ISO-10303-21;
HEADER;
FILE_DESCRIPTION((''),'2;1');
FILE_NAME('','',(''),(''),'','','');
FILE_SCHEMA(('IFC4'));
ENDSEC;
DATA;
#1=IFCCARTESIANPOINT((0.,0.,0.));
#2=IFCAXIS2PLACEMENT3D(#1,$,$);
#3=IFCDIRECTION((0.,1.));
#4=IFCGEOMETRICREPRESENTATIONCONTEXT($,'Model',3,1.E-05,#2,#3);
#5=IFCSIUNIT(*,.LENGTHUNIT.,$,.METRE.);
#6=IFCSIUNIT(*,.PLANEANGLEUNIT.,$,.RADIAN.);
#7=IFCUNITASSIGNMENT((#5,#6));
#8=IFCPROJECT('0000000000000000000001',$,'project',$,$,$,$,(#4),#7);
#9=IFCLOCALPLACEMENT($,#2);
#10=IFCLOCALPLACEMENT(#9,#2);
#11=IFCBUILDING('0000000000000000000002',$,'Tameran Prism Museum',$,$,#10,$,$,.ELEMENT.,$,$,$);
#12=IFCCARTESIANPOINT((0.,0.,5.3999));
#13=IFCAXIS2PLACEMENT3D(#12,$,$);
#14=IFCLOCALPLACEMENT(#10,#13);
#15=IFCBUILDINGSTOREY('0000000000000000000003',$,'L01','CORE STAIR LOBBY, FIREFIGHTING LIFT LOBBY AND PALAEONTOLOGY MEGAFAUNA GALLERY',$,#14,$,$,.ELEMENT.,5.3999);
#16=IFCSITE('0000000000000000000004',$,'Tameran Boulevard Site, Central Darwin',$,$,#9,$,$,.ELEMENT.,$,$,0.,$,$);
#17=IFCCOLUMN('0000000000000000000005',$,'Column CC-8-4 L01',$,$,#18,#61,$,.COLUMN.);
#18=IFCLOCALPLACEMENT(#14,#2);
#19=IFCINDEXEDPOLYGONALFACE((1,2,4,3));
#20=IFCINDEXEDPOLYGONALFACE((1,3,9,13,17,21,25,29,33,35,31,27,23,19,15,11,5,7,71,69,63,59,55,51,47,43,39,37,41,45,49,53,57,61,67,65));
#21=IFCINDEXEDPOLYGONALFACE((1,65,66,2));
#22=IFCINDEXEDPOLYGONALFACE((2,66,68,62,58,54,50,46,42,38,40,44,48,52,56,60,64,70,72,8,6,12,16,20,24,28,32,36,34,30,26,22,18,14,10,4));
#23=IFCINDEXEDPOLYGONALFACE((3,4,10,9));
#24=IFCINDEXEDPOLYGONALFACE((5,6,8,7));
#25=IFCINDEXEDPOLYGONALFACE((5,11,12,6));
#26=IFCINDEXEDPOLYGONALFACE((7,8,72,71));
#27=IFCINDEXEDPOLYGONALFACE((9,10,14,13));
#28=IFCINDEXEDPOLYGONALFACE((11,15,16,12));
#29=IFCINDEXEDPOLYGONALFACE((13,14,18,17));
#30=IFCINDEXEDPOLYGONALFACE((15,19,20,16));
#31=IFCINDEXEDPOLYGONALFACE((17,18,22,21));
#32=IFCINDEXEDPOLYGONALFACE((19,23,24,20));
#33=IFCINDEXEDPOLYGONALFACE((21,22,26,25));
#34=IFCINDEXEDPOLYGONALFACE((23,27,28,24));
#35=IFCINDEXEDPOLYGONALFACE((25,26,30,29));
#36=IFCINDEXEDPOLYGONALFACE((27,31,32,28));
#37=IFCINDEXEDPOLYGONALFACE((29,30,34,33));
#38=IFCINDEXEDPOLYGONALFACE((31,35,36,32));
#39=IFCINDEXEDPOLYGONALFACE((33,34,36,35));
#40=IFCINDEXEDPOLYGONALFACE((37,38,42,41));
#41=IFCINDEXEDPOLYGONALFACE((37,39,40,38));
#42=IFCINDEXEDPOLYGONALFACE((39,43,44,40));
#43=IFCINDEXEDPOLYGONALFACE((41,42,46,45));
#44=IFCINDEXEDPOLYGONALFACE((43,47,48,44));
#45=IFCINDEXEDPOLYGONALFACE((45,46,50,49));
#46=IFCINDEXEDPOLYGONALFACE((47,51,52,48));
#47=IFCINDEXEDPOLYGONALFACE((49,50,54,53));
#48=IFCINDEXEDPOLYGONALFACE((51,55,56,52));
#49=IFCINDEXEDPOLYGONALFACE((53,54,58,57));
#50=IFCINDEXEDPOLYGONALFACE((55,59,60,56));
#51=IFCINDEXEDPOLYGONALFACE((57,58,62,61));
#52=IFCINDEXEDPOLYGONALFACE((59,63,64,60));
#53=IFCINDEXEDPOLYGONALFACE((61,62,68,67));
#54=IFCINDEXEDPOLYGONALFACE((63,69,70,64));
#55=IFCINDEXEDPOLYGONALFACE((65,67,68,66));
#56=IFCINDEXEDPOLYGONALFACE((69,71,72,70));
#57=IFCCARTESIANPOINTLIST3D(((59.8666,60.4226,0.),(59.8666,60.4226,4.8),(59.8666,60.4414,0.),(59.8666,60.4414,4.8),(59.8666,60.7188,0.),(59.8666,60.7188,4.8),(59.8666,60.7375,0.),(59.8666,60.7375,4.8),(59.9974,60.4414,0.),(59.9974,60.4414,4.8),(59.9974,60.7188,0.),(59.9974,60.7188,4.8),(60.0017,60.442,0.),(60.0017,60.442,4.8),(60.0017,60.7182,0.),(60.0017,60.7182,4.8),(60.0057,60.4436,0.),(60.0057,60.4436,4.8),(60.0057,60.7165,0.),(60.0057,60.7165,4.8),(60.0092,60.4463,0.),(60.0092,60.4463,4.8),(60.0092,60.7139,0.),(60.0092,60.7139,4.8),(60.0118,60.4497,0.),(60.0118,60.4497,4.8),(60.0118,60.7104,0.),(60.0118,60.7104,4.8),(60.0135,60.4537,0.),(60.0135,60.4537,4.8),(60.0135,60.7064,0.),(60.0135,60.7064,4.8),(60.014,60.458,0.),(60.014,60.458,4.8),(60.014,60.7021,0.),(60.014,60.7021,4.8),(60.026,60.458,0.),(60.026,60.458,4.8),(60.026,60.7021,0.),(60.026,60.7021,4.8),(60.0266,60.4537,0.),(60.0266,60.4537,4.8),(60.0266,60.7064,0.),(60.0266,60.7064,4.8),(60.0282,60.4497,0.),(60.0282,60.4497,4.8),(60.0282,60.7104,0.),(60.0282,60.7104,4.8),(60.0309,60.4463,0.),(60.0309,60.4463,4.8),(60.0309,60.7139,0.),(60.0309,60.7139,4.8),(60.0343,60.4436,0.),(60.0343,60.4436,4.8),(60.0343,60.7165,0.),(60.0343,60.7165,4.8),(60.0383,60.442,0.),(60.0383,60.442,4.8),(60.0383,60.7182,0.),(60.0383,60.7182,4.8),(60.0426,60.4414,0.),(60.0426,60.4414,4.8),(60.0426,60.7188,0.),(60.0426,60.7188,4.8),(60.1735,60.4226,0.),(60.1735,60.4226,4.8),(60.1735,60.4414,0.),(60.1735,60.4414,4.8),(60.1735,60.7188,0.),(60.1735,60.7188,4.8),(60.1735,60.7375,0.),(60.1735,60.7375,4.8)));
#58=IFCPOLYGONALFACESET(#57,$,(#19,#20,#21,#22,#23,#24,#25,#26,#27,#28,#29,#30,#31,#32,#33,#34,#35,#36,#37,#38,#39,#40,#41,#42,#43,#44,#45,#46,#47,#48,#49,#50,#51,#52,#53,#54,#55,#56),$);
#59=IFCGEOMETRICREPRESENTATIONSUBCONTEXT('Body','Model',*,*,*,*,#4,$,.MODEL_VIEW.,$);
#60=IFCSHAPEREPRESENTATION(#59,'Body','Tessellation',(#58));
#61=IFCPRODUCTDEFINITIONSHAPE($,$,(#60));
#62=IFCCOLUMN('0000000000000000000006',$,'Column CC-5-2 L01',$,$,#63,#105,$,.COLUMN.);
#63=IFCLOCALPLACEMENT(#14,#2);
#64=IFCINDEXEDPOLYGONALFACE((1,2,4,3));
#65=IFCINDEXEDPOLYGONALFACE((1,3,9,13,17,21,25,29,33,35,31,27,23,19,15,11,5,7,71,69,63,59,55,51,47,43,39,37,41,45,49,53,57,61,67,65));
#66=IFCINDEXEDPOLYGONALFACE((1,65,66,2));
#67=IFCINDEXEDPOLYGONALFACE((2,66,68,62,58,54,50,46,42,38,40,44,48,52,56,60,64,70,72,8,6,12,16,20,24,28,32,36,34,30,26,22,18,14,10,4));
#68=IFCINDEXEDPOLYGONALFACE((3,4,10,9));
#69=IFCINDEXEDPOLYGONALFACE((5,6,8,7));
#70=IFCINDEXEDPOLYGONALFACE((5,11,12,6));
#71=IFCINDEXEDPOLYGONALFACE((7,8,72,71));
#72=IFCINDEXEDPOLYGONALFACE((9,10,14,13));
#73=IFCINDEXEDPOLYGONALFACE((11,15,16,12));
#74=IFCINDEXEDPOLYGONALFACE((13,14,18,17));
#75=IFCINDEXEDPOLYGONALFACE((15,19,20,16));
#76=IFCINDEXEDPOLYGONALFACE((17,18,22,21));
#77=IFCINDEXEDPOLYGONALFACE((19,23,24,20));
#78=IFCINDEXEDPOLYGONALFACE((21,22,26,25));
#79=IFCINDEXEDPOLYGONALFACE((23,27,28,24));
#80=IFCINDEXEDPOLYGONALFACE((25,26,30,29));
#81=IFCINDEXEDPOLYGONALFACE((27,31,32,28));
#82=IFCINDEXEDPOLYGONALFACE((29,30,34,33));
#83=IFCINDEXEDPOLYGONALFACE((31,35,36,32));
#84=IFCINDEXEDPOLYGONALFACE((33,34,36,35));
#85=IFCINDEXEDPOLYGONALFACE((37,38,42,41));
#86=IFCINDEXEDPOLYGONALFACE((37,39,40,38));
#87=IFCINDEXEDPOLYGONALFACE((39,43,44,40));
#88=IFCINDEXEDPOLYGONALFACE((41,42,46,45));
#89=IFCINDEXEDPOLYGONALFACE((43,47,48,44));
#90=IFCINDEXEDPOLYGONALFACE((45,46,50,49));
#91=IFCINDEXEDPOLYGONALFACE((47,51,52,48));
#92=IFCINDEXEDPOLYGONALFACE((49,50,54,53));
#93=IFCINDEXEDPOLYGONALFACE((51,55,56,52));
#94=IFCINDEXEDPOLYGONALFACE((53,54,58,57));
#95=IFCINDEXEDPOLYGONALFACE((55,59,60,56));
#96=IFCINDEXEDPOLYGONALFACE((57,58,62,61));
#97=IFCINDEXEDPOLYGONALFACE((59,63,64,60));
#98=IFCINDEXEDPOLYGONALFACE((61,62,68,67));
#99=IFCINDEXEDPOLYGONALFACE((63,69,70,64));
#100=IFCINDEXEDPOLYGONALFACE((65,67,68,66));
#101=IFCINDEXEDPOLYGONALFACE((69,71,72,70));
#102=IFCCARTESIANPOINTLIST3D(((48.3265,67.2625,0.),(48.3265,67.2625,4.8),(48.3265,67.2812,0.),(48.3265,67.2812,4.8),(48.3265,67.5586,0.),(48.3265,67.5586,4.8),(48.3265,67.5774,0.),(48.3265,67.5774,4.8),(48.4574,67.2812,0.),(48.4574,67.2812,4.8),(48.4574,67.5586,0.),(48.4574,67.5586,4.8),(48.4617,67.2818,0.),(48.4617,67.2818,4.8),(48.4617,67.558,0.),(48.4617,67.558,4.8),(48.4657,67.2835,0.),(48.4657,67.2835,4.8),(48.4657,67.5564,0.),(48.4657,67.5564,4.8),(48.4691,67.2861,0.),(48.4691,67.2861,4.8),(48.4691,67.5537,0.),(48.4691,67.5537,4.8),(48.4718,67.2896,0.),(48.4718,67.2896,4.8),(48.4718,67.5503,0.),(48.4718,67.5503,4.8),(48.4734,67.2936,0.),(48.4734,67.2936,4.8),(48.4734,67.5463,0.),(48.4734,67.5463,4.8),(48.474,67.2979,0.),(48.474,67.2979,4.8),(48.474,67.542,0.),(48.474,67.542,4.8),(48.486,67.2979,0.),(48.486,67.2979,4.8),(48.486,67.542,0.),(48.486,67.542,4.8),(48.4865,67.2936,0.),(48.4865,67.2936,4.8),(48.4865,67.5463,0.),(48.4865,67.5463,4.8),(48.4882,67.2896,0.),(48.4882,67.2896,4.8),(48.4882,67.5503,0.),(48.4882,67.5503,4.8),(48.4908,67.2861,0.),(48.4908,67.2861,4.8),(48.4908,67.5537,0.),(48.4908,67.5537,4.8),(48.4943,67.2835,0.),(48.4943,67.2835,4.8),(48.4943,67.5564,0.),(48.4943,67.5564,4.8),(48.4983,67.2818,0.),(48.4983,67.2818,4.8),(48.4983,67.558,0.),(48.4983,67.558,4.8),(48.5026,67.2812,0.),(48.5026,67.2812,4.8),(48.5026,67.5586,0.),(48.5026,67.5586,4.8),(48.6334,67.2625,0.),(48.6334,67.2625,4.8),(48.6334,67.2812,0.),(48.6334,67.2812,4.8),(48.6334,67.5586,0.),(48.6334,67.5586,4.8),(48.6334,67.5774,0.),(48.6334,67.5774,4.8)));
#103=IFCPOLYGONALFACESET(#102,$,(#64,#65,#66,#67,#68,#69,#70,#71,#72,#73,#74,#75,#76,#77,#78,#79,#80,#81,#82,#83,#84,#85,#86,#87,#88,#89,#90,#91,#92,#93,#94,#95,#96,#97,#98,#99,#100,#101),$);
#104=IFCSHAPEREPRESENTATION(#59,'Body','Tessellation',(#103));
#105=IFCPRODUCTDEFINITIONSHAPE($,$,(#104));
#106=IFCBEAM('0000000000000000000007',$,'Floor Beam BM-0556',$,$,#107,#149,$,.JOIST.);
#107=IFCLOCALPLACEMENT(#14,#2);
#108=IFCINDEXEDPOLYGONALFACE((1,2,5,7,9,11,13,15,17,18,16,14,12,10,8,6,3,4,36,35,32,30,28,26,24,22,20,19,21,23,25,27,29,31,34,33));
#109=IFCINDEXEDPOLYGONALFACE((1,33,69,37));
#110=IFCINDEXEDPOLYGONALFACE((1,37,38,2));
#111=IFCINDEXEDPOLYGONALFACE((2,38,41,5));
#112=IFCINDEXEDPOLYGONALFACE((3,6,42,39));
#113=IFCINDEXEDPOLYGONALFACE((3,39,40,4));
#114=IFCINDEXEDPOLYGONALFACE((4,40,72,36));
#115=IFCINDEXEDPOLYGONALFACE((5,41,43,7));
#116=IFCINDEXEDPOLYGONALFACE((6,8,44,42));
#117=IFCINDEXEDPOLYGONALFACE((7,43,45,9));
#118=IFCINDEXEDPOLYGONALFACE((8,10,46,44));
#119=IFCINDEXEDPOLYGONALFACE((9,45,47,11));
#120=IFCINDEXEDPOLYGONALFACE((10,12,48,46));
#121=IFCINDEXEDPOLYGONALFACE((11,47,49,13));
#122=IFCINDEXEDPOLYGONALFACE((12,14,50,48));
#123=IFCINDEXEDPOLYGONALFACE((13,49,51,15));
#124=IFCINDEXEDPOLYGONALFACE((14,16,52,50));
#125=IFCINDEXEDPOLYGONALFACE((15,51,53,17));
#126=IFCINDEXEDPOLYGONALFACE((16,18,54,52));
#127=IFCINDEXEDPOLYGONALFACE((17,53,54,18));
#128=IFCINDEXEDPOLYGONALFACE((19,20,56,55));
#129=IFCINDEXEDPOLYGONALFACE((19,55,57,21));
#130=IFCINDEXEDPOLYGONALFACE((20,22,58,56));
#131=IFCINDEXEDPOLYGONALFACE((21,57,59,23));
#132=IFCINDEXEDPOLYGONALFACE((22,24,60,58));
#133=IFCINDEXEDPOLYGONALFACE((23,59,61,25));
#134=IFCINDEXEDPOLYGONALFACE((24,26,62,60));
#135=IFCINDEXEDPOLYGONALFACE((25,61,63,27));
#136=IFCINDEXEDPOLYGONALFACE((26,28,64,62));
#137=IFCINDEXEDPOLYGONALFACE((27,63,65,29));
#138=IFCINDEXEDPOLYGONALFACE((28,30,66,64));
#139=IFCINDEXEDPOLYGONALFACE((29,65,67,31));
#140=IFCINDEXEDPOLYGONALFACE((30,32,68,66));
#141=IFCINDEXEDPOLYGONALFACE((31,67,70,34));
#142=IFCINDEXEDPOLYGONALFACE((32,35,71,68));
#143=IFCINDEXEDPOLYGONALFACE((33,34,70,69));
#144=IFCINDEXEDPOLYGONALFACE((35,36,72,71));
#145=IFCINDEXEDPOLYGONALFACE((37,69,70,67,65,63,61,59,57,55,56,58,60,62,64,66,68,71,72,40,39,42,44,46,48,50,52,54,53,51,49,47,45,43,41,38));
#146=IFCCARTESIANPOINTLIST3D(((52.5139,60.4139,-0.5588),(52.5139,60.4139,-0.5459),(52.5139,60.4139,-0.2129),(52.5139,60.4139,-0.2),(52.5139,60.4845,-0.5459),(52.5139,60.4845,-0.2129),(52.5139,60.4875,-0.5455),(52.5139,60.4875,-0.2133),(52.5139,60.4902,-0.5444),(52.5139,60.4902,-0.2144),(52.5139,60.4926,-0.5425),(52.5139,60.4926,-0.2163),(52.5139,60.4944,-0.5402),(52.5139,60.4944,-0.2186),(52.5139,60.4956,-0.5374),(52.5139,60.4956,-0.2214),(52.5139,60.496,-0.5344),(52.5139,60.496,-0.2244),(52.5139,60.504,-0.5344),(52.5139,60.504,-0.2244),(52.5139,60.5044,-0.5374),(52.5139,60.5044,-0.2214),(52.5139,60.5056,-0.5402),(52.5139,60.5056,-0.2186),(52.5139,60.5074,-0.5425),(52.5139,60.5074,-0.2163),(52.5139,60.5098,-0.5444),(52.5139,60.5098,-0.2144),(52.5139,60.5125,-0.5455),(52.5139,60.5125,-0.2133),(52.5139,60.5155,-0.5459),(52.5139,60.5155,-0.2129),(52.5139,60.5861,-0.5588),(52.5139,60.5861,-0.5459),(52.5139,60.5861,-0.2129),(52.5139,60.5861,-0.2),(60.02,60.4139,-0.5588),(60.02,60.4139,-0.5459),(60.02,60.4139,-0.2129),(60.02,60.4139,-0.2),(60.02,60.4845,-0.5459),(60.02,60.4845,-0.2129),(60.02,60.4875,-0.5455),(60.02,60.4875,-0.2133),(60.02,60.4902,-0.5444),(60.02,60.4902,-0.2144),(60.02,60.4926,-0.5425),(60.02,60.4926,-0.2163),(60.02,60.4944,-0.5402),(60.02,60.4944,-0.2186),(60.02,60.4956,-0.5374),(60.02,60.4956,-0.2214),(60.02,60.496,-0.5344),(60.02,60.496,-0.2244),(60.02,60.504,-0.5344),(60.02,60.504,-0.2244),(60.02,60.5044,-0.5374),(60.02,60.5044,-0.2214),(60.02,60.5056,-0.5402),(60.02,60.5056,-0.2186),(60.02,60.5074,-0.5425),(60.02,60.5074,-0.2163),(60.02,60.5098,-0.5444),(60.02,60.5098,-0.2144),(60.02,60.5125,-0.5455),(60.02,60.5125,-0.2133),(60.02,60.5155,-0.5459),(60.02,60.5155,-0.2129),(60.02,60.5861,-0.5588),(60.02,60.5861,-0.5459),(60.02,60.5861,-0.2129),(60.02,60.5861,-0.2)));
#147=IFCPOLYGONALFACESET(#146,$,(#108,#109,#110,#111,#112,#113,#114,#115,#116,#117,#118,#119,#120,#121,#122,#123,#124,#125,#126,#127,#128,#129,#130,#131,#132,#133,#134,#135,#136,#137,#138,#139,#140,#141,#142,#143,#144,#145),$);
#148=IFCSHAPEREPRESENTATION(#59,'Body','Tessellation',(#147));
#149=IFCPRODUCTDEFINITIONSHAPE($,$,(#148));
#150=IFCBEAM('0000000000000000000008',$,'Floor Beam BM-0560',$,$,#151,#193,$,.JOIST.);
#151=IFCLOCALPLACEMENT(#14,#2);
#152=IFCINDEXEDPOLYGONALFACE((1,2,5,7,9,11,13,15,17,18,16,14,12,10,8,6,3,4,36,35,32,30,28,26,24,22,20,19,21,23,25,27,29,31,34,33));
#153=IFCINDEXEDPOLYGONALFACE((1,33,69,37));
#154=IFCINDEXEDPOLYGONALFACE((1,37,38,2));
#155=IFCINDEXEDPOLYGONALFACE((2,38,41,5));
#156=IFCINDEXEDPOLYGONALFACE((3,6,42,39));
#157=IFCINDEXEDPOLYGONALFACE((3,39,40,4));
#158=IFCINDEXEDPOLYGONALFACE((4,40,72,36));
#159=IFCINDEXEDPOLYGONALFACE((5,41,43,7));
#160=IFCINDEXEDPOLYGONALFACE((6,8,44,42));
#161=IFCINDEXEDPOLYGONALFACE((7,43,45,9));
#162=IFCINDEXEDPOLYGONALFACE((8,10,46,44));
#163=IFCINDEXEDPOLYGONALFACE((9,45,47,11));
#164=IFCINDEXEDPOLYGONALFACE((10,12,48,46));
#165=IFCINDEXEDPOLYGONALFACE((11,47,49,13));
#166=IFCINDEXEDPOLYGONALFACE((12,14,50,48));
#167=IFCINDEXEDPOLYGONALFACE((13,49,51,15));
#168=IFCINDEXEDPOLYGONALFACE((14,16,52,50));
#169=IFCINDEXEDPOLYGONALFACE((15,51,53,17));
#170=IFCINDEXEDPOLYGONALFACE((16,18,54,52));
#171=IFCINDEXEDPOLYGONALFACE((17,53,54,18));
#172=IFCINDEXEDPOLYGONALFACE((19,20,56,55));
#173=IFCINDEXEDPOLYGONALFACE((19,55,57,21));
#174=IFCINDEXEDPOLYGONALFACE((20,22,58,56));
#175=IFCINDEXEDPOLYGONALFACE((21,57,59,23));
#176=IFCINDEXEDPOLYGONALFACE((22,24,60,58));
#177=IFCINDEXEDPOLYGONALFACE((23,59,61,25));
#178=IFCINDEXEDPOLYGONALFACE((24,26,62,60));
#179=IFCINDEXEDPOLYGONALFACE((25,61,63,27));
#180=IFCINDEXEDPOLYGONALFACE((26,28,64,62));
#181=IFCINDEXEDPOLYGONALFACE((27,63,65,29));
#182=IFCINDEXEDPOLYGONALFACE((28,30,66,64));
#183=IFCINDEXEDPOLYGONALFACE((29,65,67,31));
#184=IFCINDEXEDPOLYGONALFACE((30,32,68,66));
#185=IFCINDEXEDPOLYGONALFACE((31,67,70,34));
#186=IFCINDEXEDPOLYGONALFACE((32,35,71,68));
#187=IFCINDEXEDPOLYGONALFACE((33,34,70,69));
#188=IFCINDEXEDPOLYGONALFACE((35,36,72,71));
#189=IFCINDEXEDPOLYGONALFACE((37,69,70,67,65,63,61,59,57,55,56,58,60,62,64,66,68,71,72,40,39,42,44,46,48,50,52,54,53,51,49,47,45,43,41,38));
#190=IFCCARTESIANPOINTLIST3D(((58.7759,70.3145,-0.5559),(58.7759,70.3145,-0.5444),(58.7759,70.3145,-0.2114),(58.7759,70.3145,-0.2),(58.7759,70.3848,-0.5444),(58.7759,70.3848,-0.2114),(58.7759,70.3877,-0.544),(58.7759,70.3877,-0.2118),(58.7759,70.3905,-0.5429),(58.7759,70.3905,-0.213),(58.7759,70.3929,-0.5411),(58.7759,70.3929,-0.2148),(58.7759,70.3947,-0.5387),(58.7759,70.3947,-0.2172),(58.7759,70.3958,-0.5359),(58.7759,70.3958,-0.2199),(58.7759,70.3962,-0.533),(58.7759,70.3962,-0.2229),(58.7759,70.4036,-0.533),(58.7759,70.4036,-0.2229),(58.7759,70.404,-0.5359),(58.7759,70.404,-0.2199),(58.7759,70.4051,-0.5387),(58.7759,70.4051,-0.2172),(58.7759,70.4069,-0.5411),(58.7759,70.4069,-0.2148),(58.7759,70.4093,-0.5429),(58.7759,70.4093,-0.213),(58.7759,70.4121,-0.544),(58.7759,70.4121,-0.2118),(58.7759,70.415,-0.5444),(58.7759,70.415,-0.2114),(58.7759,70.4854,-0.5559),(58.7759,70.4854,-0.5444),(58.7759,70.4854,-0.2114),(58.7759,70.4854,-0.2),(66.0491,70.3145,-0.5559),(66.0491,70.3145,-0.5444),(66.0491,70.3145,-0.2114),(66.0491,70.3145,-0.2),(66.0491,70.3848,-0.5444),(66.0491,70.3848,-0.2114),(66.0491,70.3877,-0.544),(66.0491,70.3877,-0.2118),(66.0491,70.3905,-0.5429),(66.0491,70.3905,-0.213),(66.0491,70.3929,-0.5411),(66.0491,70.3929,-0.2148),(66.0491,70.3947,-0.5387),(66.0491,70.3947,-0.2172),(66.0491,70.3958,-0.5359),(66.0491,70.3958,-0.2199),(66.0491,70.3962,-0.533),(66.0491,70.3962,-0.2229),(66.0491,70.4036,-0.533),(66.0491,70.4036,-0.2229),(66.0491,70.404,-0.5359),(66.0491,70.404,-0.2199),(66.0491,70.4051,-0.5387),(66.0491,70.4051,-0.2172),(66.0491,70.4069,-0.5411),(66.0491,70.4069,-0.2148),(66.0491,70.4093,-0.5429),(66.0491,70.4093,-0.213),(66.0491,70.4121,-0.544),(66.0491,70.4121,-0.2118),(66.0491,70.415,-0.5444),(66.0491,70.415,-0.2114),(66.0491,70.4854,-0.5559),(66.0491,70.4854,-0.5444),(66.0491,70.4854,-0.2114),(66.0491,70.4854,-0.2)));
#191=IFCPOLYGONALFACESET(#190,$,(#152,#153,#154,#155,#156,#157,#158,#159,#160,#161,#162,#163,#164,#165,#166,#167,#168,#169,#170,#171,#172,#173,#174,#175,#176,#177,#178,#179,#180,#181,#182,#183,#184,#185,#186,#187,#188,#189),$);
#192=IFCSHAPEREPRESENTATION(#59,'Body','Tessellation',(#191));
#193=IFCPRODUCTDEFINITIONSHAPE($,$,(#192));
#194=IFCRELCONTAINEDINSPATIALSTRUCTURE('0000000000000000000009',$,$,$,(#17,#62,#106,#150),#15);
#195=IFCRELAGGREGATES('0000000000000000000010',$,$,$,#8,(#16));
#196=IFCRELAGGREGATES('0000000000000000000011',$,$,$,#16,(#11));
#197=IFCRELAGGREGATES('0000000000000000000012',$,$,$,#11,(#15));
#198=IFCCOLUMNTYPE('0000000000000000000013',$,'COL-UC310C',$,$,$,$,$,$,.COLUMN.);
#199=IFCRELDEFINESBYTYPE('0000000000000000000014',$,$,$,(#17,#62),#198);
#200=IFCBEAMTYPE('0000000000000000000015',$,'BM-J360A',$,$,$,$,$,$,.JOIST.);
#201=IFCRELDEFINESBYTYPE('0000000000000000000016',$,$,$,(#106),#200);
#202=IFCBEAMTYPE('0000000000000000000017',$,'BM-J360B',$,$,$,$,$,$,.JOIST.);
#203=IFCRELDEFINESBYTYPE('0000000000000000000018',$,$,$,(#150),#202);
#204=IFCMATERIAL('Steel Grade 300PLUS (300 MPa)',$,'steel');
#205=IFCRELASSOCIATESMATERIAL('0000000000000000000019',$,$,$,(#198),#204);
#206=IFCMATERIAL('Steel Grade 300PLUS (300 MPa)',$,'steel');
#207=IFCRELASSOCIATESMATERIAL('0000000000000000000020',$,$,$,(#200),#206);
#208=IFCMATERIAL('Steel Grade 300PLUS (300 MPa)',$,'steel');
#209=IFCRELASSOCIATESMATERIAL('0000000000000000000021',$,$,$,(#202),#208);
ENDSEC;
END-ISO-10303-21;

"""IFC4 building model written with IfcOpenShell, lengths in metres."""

from ifc_helpers import new_model, si_unit, direction, frame, origin, origin_2d, place, context, subcontext, project, spatial, i_section, extrude, material, material_profile, profile_set, type_object, element, save


model = new_model("IFC4")

# Units and contexts
model_context = context("Model", 3, precision=1e-05, world=origin(), true_north=direction((0.0, 1.0)))
body_context = subcontext(model_context, "Body", "Model", "MODEL_VIEW")
ifc_project = project(units=[si_unit("LENGTHUNIT", "METRE"), si_unit("PLANEANGLEUNIT", "RADIAN")], contexts=[model_context])

# Site, building, storey
site_placement = place(None, origin())
site = spatial("IfcSite", under=ifc_project, at=site_placement, Name="Tameran Boulevard Site, Central Darwin", CompositionType="ELEMENT", RefElevation=0.0)
building_placement = place(site_placement, origin())
building = spatial("IfcBuilding", under=site, at=building_placement, Name="Tameran Prism Museum", CompositionType="ELEMENT")
storey_placement = place(building_placement, frame((0.0, 0.0, 5.3999)))
storey = spatial("IfcBuildingStorey", under=building, at=storey_placement, Name="L01", Description="CORE STAIR LOBBY, FIREFIGHTING LIFT LOBBY AND PALAEONTOLOGY MEGAFAUNA GALLERY", CompositionType="ELEMENT", Elevation=5.3999)

# Columns
ifc_material_1 = material(Name="Steel Grade 300PLUS (300 MPa)", Category="steel")
ifc_material_profile_1 = material_profile(ifc_material_1, i_section(OverallWidth=0.3069, OverallDepth=0.3149, WebThickness=0.012, FlangeThickness=0.0188, FilletRadius=0.0166, at=origin_2d()))
ifc_profile_set_1 = profile_set([ifc_material_profile_1])
column_type = type_object("IfcColumnType", Name="COL-UC310C", PredefinedType="COLUMN", material=ifc_profile_set_1)
for number, where, z_axis, x_axis, name in (
    (1, (60.02, 60.5801, 0.0), (0.0, 0.0, 1.0), (1.0, 0.0, 0.0), "Column CC-8-4 L01"),
    (2, (48.48, 67.4199, 0.0), (0.0, 0.0, 1.0), (1.0, 0.0, 0.0), "Column CC-5-2 L01"),
):
    element("IfcColumn", number, at=place(storey_placement, frame(where, z_axis=z_axis, x_axis=x_axis)), inside=storey, type_object=column_type, Name=name, PredefinedType="COLUMN", context=body_context, shape_type="SweptSolid", body=[
        extrude(i_section(OverallWidth=0.3069, OverallDepth=0.3149, WebThickness=0.012, FlangeThickness=0.0188, FilletRadius=0.0166, at=origin_2d()), origin(), (0.0, 0.0, 1.0), 4.8),
    ])

# Beams
ifc_material_2 = material(Name="Steel Grade 300PLUS (300 MPa)", Category="steel")
ifc_material_profile_2 = material_profile(ifc_material_2, i_section(OverallWidth=0.1721, OverallDepth=0.3589, WebThickness=0.0081, FlangeThickness=0.0129, FilletRadius=0.0115, at=origin_2d()))
ifc_profile_set_2 = profile_set([ifc_material_profile_2])
beam_type_1 = type_object("IfcBeamType", Name="BM-J360A", PredefinedType="JOIST", material=ifc_profile_set_2)
beam_1_placement = place(storey_placement, frame((52.5139, 60.5, -0.3794), z_axis=(1.0, 0.0, 0.0), x_axis=(0.0, 1.0, 0.0)))
element("IfcBeam", 3, at=beam_1_placement, inside=storey, type_object=beam_type_1, Name="Floor Beam BM-0556", PredefinedType="JOIST", context=body_context, shape_type="SweptSolid", body=[
    extrude(i_section(OverallWidth=0.1721, OverallDepth=0.3589, WebThickness=0.0081, FlangeThickness=0.0129, FilletRadius=0.0115, at=origin_2d()), origin(), (0.0, 0.0, 1.0), 7.5061),
])
ifc_material_3 = material(Name="Steel Grade 300PLUS (300 MPa)", Category="steel")
ifc_material_profile_3 = material_profile(ifc_material_3, i_section(OverallWidth=0.1709, OverallDepth=0.356, WebThickness=0.0073, FlangeThickness=0.0115, FilletRadius=0.0115, at=origin_2d()))
ifc_profile_set_3 = profile_set([ifc_material_profile_3])
beam_type_2 = type_object("IfcBeamType", Name="BM-J360B", PredefinedType="JOIST", material=ifc_profile_set_3)
beam_2_placement = place(storey_placement, frame((58.7759, 70.3999, -0.3779), z_axis=(1.0, 0.0, 0.0), x_axis=(0.0, 1.0, 0.0)))
element("IfcBeam", 4, at=beam_2_placement, inside=storey, type_object=beam_type_2, Name="Floor Beam BM-0560", PredefinedType="JOIST", context=body_context, shape_type="SweptSolid", body=[
    extrude(i_section(OverallWidth=0.1709, OverallDepth=0.356, WebThickness=0.0073, FlangeThickness=0.0115, FilletRadius=0.0115, at=origin_2d()), origin(), (0.0, 0.0, 1.0), 7.2732),
])

save(model, "model.ifc")
